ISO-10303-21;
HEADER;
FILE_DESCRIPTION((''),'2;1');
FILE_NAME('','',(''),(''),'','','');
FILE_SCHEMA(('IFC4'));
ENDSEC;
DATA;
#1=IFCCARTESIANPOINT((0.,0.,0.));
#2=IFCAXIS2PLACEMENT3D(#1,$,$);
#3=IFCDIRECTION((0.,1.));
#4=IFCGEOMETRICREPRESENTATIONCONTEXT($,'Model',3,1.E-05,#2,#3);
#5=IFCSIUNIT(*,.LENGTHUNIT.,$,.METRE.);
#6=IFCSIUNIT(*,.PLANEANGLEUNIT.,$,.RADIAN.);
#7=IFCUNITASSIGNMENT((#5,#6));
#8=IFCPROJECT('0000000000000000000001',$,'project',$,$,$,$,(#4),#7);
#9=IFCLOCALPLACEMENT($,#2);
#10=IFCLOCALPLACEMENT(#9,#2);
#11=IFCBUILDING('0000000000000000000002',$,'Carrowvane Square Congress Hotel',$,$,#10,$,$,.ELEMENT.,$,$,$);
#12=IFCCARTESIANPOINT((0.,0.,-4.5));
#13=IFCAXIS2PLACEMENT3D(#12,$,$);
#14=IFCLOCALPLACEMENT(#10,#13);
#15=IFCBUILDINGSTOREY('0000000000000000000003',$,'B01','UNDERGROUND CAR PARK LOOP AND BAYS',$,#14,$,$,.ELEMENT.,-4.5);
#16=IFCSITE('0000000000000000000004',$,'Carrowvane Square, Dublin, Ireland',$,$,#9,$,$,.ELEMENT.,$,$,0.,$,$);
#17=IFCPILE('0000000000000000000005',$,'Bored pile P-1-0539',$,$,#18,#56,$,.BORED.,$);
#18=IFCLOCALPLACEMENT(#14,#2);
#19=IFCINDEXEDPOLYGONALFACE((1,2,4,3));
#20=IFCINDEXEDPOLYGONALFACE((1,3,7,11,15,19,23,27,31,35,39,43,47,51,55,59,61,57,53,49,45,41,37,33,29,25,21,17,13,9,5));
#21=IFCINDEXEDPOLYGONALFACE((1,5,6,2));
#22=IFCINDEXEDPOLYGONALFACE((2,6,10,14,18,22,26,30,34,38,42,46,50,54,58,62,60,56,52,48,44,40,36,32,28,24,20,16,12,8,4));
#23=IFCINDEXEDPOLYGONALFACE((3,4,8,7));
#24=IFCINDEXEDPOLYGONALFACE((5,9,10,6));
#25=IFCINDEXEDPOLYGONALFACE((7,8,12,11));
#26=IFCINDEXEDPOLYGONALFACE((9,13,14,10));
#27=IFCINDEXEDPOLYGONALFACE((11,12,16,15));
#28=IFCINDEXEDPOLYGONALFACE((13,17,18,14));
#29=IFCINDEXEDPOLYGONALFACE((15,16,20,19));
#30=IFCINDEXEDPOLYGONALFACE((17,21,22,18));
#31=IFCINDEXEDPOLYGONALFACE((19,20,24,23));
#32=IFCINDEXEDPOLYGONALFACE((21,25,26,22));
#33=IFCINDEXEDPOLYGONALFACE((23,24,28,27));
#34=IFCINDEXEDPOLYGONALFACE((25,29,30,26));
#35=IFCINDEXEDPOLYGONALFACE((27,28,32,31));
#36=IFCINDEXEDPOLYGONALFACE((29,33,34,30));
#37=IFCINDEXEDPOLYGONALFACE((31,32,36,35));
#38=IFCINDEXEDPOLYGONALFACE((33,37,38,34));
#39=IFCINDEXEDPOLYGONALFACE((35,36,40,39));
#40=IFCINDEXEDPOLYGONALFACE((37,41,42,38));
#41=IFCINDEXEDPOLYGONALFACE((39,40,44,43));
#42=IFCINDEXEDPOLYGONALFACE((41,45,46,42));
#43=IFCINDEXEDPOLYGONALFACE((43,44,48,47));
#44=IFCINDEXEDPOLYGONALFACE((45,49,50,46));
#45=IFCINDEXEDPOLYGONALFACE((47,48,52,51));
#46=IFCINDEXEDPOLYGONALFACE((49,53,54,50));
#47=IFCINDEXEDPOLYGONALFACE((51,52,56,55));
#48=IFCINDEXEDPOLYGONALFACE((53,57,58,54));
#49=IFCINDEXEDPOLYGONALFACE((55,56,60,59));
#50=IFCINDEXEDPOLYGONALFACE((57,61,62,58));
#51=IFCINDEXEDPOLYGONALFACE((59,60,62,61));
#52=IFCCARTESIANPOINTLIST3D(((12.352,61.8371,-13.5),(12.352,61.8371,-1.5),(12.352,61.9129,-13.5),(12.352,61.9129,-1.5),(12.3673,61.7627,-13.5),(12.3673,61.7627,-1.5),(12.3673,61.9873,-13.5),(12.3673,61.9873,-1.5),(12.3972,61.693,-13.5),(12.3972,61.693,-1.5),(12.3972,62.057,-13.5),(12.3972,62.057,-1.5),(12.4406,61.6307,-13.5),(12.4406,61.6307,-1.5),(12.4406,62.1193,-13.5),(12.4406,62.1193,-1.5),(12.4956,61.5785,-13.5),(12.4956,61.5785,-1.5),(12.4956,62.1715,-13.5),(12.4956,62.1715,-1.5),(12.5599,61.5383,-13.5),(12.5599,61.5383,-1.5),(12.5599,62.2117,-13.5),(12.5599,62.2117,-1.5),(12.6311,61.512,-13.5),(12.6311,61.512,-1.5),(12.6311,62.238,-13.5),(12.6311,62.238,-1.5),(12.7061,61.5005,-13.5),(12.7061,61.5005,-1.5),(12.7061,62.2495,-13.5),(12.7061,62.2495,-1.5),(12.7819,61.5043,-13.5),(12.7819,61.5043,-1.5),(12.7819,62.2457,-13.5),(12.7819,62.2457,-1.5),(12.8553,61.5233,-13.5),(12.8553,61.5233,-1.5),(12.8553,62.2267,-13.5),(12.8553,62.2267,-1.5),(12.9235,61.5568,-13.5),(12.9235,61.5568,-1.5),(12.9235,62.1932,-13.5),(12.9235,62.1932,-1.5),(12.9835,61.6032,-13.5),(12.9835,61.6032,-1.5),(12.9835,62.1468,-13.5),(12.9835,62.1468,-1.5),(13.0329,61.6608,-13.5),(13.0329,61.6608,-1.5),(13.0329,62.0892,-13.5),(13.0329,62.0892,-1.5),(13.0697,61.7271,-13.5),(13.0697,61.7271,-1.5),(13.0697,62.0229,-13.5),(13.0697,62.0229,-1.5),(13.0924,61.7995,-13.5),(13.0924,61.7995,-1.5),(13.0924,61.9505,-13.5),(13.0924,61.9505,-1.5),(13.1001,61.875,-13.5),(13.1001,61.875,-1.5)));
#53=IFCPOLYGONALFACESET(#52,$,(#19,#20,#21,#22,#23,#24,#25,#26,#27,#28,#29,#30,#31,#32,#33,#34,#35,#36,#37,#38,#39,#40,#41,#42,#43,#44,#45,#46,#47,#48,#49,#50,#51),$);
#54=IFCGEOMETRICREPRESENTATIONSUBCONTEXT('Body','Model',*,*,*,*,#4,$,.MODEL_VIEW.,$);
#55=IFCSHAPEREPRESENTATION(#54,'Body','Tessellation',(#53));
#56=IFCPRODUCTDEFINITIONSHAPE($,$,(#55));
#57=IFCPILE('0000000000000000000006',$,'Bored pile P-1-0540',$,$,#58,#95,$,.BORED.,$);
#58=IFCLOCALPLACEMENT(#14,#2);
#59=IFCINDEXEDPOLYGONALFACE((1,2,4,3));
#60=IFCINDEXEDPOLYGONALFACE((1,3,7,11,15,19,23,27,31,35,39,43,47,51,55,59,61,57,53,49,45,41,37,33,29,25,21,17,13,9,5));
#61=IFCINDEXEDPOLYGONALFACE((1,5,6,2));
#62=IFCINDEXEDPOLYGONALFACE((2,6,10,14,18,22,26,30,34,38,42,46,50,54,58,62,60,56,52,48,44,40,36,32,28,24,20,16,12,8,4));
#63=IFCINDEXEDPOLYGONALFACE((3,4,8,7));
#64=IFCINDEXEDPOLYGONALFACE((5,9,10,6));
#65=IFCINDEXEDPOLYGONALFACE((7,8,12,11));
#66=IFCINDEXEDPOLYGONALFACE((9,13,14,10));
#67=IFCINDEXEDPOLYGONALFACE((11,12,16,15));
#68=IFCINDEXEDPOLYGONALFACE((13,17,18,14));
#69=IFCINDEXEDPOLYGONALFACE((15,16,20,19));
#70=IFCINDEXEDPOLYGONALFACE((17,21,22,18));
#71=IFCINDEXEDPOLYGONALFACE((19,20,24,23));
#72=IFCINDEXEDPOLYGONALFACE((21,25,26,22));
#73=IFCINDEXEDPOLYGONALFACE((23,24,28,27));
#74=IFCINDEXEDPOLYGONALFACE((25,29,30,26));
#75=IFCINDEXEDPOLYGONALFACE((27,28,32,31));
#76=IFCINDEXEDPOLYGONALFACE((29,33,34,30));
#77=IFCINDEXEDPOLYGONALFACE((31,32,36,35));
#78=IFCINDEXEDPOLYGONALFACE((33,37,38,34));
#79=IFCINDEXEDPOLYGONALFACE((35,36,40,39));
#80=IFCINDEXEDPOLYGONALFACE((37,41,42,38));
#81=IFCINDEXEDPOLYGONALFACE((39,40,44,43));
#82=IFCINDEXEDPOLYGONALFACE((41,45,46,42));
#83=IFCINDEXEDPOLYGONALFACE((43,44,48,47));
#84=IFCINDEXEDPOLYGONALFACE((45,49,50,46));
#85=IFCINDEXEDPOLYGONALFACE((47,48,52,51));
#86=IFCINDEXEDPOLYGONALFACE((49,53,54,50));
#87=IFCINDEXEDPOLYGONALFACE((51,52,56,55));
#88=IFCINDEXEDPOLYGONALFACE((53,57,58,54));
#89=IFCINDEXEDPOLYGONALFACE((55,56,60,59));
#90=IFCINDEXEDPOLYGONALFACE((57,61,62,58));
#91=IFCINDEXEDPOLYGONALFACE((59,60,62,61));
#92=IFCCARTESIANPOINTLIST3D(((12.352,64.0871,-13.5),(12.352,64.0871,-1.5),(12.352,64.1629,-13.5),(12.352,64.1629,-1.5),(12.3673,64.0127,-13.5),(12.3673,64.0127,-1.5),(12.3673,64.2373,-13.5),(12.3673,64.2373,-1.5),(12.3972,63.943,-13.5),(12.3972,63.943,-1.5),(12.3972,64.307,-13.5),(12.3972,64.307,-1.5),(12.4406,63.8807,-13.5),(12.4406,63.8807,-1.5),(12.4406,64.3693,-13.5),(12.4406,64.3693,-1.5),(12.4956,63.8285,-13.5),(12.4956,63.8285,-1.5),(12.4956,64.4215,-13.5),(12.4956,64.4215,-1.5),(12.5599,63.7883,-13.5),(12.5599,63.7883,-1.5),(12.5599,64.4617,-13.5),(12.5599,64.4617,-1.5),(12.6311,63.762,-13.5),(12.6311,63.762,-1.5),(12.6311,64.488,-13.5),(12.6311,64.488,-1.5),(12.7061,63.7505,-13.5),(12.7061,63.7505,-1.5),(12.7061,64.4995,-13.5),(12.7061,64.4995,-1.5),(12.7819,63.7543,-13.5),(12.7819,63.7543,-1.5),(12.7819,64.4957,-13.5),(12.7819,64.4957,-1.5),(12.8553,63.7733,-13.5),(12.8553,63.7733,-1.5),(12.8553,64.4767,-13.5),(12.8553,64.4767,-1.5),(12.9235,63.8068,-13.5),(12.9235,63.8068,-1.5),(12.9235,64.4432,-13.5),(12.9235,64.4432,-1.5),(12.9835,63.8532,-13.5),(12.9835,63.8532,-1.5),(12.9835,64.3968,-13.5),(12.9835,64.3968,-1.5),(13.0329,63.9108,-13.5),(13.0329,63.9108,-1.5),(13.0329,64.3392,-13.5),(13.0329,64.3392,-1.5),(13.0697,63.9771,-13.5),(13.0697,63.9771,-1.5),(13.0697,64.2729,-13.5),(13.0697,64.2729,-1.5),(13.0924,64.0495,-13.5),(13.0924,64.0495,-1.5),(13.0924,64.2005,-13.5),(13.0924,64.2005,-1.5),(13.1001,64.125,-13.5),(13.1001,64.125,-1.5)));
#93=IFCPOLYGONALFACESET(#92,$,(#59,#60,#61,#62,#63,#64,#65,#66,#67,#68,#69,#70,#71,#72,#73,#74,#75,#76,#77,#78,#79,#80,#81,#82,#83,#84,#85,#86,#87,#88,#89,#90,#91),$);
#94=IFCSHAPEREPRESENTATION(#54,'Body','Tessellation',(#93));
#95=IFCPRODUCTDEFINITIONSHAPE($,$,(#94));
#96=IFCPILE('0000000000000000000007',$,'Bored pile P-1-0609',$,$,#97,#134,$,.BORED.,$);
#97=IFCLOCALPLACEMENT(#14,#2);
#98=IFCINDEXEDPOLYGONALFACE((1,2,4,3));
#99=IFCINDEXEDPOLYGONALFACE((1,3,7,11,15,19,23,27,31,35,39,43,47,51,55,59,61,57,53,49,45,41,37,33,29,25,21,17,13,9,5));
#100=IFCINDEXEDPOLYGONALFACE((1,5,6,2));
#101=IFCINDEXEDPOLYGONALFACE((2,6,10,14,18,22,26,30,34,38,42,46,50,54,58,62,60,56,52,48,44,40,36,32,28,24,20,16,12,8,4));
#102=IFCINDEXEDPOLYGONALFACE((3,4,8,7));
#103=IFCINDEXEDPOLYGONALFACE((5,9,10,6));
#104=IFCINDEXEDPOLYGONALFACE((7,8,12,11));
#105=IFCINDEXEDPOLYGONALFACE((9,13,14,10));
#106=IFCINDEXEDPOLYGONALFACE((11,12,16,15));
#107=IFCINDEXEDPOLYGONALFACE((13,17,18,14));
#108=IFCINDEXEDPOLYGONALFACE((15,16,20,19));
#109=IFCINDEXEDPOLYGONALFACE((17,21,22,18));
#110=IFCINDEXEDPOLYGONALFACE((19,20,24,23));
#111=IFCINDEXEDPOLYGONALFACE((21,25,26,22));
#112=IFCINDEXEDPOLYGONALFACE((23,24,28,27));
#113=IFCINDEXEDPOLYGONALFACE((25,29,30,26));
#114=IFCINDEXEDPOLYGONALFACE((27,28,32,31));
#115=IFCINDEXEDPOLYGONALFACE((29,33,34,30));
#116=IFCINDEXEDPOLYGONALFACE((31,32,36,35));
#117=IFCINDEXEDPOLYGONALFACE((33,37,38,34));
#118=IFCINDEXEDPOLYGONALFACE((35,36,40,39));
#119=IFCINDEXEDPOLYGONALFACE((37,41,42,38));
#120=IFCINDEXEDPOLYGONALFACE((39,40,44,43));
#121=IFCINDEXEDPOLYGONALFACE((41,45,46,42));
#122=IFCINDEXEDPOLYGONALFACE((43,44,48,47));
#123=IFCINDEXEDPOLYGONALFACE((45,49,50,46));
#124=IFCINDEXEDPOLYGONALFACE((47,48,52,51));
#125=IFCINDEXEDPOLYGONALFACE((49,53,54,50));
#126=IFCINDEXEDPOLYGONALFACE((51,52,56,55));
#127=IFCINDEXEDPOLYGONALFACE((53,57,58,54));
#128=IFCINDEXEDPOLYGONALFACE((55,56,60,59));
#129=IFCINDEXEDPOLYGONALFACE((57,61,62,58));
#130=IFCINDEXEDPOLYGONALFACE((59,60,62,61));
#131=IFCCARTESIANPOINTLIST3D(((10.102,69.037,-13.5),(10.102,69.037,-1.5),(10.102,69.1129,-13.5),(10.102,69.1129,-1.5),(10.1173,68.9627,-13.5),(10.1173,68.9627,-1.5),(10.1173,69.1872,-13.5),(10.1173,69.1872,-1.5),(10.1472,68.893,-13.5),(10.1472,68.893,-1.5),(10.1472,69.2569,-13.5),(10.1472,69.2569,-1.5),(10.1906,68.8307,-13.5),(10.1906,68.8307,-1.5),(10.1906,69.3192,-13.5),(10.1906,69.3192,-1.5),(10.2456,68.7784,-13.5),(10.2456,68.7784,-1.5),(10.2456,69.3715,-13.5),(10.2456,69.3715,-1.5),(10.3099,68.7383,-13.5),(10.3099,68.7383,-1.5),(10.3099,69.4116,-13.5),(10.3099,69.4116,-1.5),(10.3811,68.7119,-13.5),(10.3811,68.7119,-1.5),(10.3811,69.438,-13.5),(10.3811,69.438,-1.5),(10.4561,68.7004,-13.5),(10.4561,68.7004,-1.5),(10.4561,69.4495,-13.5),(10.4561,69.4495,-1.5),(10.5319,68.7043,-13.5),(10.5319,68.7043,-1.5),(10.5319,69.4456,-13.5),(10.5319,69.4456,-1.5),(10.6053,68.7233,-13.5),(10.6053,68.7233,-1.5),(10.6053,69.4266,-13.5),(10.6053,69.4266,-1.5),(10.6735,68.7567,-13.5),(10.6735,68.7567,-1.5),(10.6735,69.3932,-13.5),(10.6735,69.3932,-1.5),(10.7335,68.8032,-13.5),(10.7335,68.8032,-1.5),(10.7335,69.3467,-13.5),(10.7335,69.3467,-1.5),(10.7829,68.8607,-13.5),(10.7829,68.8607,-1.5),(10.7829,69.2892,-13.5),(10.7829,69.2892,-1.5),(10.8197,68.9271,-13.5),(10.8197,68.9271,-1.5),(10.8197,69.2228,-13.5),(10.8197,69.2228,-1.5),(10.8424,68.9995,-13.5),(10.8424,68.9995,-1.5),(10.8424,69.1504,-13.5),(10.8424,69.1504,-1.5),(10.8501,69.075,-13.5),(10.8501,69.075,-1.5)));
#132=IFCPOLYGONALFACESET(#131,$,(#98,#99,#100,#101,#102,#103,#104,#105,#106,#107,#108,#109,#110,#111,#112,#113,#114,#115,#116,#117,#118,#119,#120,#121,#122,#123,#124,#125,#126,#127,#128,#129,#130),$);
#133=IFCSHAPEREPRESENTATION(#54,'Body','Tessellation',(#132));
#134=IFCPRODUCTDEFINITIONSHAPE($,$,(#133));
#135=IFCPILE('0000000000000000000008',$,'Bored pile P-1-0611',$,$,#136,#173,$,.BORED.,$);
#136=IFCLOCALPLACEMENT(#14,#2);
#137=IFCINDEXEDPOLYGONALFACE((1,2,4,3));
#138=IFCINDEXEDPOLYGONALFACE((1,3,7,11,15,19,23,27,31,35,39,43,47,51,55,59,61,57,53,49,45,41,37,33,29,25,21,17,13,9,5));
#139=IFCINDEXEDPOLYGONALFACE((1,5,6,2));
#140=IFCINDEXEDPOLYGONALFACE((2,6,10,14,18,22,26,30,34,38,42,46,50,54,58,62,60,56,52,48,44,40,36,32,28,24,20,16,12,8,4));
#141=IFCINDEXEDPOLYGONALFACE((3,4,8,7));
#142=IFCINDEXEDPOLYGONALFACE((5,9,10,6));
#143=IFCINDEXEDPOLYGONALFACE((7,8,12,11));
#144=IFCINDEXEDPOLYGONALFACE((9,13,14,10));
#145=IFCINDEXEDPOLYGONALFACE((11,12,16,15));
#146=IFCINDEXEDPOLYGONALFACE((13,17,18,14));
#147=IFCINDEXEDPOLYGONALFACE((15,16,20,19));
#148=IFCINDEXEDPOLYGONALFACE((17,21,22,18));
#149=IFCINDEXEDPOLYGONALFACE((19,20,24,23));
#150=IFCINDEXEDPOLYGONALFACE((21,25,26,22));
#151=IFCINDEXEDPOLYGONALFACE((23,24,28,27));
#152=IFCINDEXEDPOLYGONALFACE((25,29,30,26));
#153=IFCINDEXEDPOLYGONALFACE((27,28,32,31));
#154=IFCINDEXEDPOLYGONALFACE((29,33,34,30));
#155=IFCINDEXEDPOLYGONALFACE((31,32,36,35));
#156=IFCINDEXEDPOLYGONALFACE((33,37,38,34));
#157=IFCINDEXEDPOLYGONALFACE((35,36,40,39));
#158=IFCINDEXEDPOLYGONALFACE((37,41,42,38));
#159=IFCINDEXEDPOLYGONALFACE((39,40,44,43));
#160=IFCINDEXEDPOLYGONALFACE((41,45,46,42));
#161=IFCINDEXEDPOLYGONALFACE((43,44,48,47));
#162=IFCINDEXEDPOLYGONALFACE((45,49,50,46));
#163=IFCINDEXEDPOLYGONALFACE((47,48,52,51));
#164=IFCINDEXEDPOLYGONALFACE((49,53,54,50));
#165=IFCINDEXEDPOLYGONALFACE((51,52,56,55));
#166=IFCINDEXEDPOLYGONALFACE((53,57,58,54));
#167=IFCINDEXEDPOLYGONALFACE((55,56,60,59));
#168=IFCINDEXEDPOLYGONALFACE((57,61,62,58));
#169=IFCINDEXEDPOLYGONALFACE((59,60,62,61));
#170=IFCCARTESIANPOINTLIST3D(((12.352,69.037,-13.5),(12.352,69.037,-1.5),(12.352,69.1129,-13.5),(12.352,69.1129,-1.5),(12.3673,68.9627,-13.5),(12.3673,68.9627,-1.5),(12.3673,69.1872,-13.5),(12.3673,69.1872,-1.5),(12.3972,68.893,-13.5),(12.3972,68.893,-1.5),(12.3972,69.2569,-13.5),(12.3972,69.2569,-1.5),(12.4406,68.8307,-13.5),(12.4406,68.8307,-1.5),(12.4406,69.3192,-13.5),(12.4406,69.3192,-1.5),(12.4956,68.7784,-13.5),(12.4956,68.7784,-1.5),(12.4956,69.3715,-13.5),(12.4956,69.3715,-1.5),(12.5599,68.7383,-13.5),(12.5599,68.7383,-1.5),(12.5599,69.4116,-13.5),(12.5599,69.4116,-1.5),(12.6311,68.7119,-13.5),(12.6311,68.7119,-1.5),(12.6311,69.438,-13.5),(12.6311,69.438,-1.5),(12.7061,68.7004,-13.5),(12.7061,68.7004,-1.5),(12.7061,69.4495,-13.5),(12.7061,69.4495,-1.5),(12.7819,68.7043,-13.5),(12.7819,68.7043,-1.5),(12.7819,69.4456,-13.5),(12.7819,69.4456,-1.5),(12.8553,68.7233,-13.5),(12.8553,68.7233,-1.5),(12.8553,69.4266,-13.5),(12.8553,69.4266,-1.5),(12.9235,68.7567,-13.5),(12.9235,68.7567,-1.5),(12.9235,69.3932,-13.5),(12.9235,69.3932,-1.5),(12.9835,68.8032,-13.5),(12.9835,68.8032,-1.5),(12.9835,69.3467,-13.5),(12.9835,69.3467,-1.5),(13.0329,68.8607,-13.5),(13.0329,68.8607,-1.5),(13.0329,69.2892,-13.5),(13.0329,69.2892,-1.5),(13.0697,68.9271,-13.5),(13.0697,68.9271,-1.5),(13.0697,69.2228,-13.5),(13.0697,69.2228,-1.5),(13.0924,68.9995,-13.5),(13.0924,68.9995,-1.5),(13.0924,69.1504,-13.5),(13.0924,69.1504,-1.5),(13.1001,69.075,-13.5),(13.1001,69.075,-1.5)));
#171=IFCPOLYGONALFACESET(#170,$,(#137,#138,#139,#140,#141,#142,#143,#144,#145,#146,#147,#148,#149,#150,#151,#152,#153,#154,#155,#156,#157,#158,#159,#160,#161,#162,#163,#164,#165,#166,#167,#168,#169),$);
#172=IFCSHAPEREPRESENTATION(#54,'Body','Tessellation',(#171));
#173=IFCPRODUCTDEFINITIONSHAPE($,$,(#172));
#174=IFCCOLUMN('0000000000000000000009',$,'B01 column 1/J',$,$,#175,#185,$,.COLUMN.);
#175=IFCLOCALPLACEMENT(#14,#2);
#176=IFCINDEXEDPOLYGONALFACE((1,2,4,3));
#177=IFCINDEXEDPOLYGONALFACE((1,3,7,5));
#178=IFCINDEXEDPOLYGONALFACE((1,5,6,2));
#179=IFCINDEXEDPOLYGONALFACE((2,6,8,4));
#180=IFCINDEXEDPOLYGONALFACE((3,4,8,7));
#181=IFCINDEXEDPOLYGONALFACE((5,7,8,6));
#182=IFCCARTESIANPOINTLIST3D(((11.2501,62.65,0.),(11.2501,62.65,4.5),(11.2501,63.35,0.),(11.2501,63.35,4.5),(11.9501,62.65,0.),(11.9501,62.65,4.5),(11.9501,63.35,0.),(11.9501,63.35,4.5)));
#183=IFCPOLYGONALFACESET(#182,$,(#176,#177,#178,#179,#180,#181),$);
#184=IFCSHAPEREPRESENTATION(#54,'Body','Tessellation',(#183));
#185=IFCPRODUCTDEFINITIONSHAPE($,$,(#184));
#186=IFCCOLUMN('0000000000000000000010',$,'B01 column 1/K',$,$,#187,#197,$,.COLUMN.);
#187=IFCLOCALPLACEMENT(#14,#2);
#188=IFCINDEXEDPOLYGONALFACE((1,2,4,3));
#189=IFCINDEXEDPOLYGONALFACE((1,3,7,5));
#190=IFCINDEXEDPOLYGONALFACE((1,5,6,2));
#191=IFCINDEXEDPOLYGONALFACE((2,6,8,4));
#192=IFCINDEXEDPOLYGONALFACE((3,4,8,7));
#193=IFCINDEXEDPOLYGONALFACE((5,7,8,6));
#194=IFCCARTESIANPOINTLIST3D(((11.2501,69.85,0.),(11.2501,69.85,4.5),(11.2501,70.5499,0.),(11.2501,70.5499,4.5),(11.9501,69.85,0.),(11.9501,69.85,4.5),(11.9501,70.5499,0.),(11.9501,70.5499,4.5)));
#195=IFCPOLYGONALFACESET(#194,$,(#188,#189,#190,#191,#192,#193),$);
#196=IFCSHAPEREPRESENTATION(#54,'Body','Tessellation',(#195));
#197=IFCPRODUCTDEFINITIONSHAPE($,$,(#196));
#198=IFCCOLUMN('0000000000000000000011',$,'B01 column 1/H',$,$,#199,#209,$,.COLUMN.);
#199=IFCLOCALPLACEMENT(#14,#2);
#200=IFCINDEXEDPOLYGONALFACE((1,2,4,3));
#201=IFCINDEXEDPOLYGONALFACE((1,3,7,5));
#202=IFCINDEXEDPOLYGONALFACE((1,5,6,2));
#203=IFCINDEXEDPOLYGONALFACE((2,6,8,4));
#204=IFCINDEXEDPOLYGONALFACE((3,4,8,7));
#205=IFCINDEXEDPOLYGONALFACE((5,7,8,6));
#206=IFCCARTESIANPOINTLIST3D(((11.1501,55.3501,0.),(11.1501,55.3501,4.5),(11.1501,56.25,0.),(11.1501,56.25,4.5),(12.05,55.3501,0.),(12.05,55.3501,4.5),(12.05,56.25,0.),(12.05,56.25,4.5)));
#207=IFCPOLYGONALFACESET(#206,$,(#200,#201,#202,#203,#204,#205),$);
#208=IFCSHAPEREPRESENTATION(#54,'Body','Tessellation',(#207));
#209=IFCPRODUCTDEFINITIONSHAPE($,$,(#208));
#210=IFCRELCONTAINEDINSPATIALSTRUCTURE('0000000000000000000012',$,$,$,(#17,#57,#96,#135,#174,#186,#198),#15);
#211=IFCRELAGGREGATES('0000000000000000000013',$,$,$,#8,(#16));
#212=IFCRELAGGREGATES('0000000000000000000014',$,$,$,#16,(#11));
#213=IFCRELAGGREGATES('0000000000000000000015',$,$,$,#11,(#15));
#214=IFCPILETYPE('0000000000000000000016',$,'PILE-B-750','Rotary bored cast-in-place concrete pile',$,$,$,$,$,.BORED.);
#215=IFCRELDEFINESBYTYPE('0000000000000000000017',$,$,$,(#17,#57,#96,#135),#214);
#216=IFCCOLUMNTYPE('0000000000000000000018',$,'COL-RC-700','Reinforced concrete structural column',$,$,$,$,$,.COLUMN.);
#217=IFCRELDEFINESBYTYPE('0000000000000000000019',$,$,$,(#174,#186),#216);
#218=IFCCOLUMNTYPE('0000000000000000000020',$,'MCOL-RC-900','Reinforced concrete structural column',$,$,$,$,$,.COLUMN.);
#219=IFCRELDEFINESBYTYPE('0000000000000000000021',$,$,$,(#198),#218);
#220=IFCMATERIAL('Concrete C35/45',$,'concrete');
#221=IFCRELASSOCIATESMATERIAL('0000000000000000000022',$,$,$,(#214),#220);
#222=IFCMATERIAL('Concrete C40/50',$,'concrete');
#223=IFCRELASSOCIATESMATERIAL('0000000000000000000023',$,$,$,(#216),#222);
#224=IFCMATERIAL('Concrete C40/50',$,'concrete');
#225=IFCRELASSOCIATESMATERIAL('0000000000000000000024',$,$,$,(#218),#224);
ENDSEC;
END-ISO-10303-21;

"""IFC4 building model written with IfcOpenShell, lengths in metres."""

from ifc_helpers import new_model, si_unit, direction, frame, origin, origin_2d, place, context, subcontext, project, spatial, rectangle, circle, extrude, material, material_profile, profile_set, type_object, element, save


model = new_model("IFC4")

# Units and contexts
model_context = context("Model", 3, precision=1e-05, world=origin(), true_north=direction((0.0, 1.0)))
body_context = subcontext(model_context, "Body", "Model", "MODEL_VIEW")
ifc_project = project(units=[si_unit("LENGTHUNIT", "METRE"), si_unit("PLANEANGLEUNIT", "RADIAN")], contexts=[model_context])

# Site, building, storey
site_placement = place(None, origin())
site = spatial("IfcSite", under=ifc_project, at=site_placement, Name="Carrowvane Square, Dublin, Ireland", CompositionType="ELEMENT", RefElevation=0.0)
building_placement = place(site_placement, origin())
building = spatial("IfcBuilding", under=site, at=building_placement, Name="Carrowvane Square Congress Hotel", CompositionType="ELEMENT")
storey_placement = place(building_placement, frame((0.0, 0.0, -4.5)))
storey = spatial("IfcBuildingStorey", under=building, at=storey_placement, Name="B01", Description="UNDERGROUND CAR PARK LOOP AND BAYS", CompositionType="ELEMENT", Elevation=-4.5)

# Piles
ifc_material_1 = material(Name="Concrete C35/45", Category="concrete")
ifc_material_profile_1 = material_profile(ifc_material_1, circle(Radius=0.375, at=origin_2d()), Name="PILE D750")
ifc_profile_set_1 = profile_set([ifc_material_profile_1], Name="Concrete C35/45")
pile_type_1 = type_object("IfcPileType", Name="PILE-B-750", Description="Rotary bored cast-in-place concrete pile", PredefinedType="BORED", material=ifc_profile_set_1)
for number, where, z_axis, x_axis, name in (
    (1, (12.7251, 61.875, -1.5), (0.0, 0.0, -1.0), (1.0, 0.0, 0.0), "Bored pile P-1-0539"),
    (2, (12.7251, 64.125, -1.5), (0.0, 0.0, -1.0), (1.0, 0.0, 0.0), "Bored pile P-1-0540"),
    (3, (10.4751, 69.075, -1.5), (0.0, 0.0, -1.0), (1.0, 0.0, 0.0), "Bored pile P-1-0609"),
    (4, (12.7251, 69.075, -1.5), (0.0, 0.0, -1.0), (1.0, 0.0, 0.0), "Bored pile P-1-0611"),
):
    element("IfcPile", number, at=place(storey_placement, frame(where, z_axis=z_axis, x_axis=x_axis)), inside=storey, type_object=pile_type_1, Name=name, PredefinedType="BORED", context=body_context, shape_type="SweptSolid", body=[
        extrude(circle(Radius=0.375, at=origin_2d()), origin(), (0.0, 0.0, 1.0), 12.0),
    ])

# Columns
ifc_material_2 = material(Name="Concrete C40/50", Category="concrete")
ifc_material_profile_2 = material_profile(ifc_material_2, rectangle(XDim=0.7, YDim=0.7, at=origin_2d()), Name="RC 700x700")
ifc_profile_set_2 = profile_set([ifc_material_profile_2], Name="Concrete C40/50")
column_type_1 = type_object("IfcColumnType", Name="COL-RC-700", Description="Reinforced concrete structural column", PredefinedType="COLUMN", material=ifc_profile_set_2)
for number, where, z_axis, x_axis, name in (
    (5, (11.6001, 63.0, 0.0), (0.0, 0.0, 1.0), (1.0, 0.0, 0.0), "B01 column 1/J"),
    (6, (11.6001, 70.2, 0.0), (0.0, 0.0, 1.0), (1.0, 0.0, 0.0), "B01 column 1/K"),
):
    element("IfcColumn", number, at=place(storey_placement, frame(where, z_axis=z_axis, x_axis=x_axis)), inside=storey, type_object=column_type_1, Name=name, PredefinedType="COLUMN", context=body_context, shape_type="SweptSolid", body=[
        extrude(rectangle(XDim=0.7, YDim=0.7, at=origin_2d()), origin(), (0.0, 0.0, 1.0), 4.5),
    ])
ifc_material_3 = material(Name="Concrete C40/50", Category="concrete")
ifc_material_profile_3 = material_profile(ifc_material_3, rectangle(XDim=0.8999, YDim=0.8999, at=origin_2d()), Name="RC 900x900")
ifc_profile_set_3 = profile_set([ifc_material_profile_3], Name="Concrete C40/50")
column_type_2 = type_object("IfcColumnType", Name="MCOL-RC-900", Description="Reinforced concrete structural column", PredefinedType="COLUMN", material=ifc_profile_set_3)
column_placement = place(storey_placement, frame((11.6001, 55.8, 0.0), z_axis=(0.0, 0.0, 1.0), x_axis=(1.0, 0.0, 0.0)))
element("IfcColumn", 7, at=column_placement, inside=storey, type_object=column_type_2, Name="B01 column 1/H", PredefinedType="COLUMN", context=body_context, shape_type="SweptSolid", body=[
    extrude(rectangle(XDim=0.8999, YDim=0.8999, at=origin_2d()), origin(), (0.0, 0.0, 1.0), 4.5),
])

save(model, "model.ifc")
